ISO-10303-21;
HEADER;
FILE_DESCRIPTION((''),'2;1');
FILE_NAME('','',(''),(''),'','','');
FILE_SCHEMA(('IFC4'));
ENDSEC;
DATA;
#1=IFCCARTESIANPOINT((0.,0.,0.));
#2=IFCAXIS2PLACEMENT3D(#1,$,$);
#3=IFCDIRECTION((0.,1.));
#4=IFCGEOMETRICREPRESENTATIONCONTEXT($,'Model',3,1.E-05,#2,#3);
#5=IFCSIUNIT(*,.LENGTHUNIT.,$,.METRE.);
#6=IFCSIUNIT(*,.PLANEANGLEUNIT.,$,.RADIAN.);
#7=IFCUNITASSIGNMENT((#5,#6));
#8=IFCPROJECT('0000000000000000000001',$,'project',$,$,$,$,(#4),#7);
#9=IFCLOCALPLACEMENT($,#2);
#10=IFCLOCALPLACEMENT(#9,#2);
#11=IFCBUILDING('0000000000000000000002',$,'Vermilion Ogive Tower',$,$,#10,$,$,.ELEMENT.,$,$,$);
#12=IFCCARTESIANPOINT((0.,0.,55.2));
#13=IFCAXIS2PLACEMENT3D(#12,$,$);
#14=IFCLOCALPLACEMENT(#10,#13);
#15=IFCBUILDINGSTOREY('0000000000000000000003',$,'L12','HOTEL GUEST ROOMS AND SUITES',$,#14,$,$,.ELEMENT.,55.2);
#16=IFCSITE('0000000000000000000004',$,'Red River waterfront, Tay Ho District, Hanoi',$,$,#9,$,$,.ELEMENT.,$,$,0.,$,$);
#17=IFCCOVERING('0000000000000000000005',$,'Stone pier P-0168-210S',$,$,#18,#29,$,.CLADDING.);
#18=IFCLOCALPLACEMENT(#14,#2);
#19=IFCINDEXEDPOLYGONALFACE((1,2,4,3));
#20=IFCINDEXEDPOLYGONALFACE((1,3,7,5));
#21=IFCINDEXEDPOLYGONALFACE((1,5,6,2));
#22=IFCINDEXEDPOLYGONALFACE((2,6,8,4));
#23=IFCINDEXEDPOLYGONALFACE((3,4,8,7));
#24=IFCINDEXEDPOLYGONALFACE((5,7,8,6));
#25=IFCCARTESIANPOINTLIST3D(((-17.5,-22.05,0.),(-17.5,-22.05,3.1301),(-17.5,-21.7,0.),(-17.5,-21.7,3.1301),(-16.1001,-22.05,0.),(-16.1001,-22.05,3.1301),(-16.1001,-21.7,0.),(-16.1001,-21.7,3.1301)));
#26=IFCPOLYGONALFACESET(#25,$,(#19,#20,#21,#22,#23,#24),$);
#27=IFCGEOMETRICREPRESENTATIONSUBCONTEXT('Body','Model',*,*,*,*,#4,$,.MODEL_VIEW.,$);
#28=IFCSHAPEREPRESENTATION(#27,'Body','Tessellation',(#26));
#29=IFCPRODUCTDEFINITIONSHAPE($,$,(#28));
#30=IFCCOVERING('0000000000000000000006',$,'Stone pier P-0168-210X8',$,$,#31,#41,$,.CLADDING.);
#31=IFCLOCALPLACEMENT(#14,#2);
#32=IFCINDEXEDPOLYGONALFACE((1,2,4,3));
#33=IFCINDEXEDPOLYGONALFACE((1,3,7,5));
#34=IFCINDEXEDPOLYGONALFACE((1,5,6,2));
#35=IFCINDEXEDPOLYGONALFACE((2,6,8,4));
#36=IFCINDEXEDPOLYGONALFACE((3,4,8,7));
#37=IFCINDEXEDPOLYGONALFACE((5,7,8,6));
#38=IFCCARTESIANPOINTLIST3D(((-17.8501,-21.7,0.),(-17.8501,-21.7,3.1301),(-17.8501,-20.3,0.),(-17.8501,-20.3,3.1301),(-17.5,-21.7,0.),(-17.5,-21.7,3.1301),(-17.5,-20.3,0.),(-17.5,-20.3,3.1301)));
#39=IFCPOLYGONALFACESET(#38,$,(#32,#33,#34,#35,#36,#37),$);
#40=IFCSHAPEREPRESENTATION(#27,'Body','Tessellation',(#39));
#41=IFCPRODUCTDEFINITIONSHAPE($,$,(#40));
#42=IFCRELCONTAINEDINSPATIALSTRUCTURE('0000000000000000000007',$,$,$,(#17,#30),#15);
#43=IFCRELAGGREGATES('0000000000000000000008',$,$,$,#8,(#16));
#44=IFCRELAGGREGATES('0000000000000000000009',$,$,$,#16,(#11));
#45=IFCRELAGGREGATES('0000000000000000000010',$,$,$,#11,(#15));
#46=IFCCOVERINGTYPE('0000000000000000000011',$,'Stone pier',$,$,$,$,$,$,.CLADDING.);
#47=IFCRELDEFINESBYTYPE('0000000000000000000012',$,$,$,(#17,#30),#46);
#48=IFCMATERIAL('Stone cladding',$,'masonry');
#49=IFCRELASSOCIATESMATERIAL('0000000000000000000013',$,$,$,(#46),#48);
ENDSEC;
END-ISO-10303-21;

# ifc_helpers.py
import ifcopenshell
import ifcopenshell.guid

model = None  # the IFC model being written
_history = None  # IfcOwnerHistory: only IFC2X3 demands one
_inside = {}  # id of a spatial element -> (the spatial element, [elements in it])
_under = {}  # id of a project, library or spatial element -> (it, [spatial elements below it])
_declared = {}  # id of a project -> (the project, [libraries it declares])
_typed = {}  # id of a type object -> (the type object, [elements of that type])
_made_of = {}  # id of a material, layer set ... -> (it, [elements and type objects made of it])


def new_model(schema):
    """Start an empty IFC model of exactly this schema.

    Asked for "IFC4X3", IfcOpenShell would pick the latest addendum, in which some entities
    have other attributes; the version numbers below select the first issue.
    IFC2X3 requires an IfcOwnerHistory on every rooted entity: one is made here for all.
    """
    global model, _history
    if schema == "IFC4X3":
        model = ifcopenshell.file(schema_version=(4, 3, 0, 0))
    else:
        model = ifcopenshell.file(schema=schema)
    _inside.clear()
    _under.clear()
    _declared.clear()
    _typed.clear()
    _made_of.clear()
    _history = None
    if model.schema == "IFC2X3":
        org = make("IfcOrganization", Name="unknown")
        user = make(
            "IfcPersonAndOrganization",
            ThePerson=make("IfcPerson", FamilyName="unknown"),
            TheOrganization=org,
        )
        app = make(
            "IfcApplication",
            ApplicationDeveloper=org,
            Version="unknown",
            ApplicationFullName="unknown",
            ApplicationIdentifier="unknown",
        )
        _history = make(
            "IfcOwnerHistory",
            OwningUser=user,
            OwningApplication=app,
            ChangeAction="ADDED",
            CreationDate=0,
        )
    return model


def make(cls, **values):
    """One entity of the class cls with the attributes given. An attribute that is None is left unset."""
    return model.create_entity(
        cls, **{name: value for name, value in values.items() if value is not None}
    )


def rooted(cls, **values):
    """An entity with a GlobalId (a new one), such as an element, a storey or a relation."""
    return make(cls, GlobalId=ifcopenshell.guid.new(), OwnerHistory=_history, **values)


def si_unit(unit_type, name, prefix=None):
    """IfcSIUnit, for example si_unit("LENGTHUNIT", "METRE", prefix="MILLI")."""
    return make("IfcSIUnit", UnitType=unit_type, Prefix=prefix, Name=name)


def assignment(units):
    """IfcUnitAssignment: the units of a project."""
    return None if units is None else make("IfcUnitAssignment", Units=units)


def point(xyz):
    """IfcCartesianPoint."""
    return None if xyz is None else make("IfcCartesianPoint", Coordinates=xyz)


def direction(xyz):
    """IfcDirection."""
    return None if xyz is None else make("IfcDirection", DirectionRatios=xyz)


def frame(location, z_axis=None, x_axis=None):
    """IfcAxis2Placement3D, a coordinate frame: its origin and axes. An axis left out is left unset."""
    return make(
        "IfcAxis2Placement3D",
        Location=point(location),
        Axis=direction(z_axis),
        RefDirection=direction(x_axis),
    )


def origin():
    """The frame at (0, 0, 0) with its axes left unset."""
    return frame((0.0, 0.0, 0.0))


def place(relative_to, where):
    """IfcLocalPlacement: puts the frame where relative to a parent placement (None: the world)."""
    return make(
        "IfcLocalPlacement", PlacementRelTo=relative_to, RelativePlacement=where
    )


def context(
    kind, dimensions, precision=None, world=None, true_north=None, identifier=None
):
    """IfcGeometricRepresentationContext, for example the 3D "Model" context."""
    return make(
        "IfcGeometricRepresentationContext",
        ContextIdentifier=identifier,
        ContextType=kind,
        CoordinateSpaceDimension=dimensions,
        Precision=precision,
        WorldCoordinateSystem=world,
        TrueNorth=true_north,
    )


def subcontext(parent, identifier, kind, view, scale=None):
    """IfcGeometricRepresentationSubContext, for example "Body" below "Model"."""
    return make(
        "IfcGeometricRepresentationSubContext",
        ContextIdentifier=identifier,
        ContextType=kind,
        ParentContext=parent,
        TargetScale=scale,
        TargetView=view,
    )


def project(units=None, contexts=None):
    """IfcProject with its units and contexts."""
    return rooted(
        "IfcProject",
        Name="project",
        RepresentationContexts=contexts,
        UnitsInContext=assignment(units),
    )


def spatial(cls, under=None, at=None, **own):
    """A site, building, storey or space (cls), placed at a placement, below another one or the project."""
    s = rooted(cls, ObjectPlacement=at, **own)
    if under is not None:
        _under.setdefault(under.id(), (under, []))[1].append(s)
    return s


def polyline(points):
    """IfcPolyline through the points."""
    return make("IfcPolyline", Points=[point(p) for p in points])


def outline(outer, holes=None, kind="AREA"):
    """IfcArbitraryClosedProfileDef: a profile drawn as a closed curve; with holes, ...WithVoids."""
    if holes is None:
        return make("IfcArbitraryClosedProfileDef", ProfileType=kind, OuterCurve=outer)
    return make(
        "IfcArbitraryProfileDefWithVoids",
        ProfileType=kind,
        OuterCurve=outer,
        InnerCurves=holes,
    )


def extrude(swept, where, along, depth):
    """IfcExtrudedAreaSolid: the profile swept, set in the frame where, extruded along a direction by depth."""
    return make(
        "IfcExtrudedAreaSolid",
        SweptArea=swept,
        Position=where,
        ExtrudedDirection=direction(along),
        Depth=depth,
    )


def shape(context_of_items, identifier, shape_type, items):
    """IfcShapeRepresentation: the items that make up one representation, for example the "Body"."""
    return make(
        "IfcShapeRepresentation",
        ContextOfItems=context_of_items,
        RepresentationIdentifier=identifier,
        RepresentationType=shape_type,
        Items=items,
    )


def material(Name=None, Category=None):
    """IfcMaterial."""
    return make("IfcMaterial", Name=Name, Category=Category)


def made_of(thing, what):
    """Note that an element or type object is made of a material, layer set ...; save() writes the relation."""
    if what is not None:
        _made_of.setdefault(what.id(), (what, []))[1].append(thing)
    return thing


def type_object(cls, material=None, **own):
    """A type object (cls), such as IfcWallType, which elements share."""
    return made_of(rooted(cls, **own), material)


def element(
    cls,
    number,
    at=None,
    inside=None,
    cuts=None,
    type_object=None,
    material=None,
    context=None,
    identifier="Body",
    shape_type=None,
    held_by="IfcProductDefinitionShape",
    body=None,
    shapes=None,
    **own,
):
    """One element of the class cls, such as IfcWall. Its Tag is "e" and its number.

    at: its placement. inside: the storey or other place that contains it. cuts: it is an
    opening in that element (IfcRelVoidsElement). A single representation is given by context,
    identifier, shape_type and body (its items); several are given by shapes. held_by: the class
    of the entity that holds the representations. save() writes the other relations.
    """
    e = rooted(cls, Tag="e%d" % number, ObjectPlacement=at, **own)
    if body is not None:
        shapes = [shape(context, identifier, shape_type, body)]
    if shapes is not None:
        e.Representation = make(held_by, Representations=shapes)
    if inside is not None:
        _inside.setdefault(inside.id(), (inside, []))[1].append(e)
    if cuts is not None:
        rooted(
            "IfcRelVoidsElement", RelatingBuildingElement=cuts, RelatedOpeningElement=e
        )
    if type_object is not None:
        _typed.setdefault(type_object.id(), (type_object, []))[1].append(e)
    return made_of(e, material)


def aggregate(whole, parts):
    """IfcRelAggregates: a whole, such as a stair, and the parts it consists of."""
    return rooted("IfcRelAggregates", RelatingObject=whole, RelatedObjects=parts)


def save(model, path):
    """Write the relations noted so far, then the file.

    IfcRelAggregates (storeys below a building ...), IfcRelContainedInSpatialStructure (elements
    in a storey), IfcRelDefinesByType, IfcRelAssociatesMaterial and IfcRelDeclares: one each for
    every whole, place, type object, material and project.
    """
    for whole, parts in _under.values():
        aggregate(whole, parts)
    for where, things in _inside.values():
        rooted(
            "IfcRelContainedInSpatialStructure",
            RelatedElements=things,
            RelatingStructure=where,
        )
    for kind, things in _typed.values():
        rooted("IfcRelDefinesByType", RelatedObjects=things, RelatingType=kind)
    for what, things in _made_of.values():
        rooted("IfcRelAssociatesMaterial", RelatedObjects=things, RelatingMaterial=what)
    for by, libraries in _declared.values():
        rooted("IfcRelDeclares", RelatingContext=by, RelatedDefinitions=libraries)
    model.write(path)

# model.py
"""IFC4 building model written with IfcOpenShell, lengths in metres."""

from ifc_helpers import new_model, si_unit, direction, frame, origin, place, context, subcontext, project, spatial, polyline, outline, extrude, material, type_object, element, save


model = new_model("IFC4")

# Units and contexts
model_context = context("Model", 3, precision=1e-05, world=origin(), true_north=direction((0.0, 1.0)))
body_context = subcontext(model_context, "Body", "Model", "MODEL_VIEW")
ifc_project = project(units=[si_unit("LENGTHUNIT", "METRE"), si_unit("PLANEANGLEUNIT", "RADIAN")], contexts=[model_context])

# Site, building, storey
site_placement = place(None, origin())
site = spatial("IfcSite", under=ifc_project, at=site_placement, Name="Red River waterfront, Tay Ho District, Hanoi", CompositionType="ELEMENT", RefElevation=0.0)
building_placement = place(site_placement, origin())
building = spatial("IfcBuilding", under=site, at=building_placement, Name="Vermilion Ogive Tower", CompositionType="ELEMENT")
storey_placement = place(building_placement, frame((0.0, 0.0, 55.2)))
storey = spatial("IfcBuildingStorey", under=building, at=storey_placement, Name="L12", Description="HOTEL GUEST ROOMS AND SUITES", CompositionType="ELEMENT", Elevation=55.2)

# Coverings
ifc_material_1 = material(Name="Stone cladding", Category="masonry")
covering_type = type_object("IfcCoveringType", Name="Stone pier", PredefinedType="CLADDING", material=ifc_material_1)
covering_1_placement = place(storey_placement, origin())
element("IfcCovering", 1, at=covering_1_placement, inside=storey, type_object=covering_type, Name="Stone pier P-0168-210S", PredefinedType="CLADDING", context=body_context, shape_type="SweptSolid", body=[
    extrude(outline(polyline([(-16.1001, -22.05), (-17.5, -22.05), (-17.5, -21.7), (-16.1001, -21.7), (-16.1001, -22.05)])), origin(), (0.0, 0.0, 1.0), 3.1301),
])
covering_2_placement = place(storey_placement, origin())
element("IfcCovering", 2, at=covering_2_placement, inside=storey, type_object=covering_type, Name="Stone pier P-0168-210X8", PredefinedType="CLADDING", context=body_context, shape_type="SweptSolid", body=[
    extrude(outline(polyline([(-17.8501, -20.3), (-17.5, -20.3), (-17.5, -21.7), (-17.8501, -21.7), (-17.8501, -20.3)])), origin(), (0.0, 0.0, 1.0), 3.1301),
])

save(model, "model.ifc")
